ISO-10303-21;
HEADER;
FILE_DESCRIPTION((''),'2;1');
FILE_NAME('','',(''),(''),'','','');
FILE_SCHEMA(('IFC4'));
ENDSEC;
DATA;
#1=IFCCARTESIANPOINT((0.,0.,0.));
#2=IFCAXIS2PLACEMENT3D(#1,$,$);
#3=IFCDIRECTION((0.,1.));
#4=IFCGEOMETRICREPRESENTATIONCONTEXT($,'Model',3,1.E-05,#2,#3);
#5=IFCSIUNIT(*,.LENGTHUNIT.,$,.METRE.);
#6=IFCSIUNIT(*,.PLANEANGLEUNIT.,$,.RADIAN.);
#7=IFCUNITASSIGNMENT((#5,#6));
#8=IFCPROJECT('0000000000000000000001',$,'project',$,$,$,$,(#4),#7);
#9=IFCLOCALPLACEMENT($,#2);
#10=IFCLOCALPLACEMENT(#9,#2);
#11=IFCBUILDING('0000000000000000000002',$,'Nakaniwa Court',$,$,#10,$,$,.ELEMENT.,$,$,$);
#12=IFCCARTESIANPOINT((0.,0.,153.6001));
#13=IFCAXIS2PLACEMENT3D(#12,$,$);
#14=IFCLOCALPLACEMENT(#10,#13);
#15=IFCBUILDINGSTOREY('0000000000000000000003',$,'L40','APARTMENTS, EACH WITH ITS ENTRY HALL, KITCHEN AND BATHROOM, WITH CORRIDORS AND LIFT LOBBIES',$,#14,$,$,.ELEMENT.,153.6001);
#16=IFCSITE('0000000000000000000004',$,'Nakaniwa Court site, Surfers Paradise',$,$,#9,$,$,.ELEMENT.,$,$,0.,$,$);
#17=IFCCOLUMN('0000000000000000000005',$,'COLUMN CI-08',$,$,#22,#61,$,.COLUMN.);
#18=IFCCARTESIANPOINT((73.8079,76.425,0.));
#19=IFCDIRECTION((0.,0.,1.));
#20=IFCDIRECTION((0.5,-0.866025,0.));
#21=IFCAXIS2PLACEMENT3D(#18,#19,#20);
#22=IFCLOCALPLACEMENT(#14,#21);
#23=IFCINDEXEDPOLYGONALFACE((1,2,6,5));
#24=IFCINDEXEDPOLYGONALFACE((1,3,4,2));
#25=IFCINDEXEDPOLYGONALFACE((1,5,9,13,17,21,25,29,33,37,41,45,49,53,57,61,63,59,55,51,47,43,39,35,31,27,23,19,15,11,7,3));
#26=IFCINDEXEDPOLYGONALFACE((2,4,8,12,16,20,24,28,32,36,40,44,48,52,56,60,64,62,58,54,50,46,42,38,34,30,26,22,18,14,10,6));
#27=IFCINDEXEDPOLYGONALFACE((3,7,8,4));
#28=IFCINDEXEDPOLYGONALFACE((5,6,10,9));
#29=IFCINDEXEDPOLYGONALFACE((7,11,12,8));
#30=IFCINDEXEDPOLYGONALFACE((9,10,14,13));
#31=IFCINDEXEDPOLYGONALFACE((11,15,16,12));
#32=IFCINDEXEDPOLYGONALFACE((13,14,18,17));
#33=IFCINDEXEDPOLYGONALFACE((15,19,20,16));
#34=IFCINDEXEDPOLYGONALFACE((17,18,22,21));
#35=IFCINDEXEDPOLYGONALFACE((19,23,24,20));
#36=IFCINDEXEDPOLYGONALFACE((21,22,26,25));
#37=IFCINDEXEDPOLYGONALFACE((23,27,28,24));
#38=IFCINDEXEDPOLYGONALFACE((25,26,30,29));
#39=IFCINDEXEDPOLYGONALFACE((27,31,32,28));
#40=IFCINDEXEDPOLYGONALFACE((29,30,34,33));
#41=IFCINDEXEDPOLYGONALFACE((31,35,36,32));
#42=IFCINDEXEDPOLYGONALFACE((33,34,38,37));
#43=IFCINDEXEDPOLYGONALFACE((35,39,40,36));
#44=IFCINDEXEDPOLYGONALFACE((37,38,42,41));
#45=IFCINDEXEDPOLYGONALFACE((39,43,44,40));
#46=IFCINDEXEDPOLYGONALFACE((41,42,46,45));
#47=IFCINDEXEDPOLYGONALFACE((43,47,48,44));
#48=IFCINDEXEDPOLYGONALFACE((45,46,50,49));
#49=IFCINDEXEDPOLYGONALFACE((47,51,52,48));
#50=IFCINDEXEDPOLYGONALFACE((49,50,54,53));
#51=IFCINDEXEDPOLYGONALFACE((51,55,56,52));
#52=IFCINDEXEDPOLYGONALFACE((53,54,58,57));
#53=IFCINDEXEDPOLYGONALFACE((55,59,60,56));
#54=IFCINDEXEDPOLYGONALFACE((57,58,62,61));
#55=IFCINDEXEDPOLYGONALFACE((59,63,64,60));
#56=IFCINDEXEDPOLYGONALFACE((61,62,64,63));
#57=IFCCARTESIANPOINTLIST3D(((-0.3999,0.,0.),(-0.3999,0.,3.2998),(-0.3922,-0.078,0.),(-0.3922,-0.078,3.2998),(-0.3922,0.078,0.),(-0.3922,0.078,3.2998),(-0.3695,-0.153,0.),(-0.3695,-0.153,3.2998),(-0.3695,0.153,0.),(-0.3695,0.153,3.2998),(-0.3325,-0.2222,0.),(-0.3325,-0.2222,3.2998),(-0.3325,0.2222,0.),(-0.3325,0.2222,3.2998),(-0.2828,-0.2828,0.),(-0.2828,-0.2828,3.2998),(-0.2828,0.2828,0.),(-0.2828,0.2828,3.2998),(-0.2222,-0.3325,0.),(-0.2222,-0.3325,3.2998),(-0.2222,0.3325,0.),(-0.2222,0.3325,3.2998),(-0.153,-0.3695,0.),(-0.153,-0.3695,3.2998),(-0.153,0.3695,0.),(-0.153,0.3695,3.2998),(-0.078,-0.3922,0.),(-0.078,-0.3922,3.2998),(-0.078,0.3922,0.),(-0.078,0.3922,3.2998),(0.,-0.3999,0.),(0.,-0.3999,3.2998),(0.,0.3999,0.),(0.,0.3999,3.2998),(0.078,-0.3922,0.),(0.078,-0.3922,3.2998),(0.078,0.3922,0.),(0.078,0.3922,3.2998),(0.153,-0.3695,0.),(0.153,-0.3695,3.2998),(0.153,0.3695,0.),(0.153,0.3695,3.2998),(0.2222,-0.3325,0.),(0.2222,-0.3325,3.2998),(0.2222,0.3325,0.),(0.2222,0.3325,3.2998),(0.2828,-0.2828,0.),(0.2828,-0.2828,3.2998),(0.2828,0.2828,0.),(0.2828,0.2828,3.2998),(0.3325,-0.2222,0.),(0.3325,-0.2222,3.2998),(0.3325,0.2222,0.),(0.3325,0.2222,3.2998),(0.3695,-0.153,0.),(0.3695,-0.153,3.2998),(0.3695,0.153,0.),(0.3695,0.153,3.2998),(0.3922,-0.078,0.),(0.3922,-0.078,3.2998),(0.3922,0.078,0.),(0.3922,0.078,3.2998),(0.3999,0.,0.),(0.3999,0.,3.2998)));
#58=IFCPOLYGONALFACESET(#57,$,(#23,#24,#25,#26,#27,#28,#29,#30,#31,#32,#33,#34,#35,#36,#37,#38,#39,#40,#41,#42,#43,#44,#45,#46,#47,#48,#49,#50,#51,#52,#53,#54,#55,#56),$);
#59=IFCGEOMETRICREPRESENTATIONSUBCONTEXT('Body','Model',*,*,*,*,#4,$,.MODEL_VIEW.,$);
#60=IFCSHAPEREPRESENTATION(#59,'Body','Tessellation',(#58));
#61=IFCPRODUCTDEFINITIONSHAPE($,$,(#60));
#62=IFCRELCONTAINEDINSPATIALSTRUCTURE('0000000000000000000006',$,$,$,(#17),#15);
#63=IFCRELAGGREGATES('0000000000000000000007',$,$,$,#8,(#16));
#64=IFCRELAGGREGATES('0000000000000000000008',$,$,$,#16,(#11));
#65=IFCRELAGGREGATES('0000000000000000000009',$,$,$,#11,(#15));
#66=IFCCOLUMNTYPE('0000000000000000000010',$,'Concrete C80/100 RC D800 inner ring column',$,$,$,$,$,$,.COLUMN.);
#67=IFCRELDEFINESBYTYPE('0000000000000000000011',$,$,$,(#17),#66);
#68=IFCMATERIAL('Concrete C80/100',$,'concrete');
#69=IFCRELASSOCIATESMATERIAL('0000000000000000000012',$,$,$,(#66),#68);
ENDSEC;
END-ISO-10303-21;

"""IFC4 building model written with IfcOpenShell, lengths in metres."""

from ifc_helpers import new_model, si_unit, direction, frame, origin, origin_2d, place, context, subcontext, project, spatial, circle, extrude, material, material_profile, profile_set, type_object, element, save


model = new_model("IFC4")

# Units and contexts
model_context = context("Model", 3, precision=1e-05, world=origin(), true_north=direction((0.0, 1.0)))
body_context = subcontext(model_context, "Body", "Model", "MODEL_VIEW")
ifc_project = project(units=[si_unit("LENGTHUNIT", "METRE"), si_unit("PLANEANGLEUNIT", "RADIAN")], contexts=[model_context])

# Site, building, storey
site_placement = place(None, origin())
site = spatial("IfcSite", under=ifc_project, at=site_placement, Name="Nakaniwa Court site, Surfers Paradise", CompositionType="ELEMENT", RefElevation=0.0)
building_placement = place(site_placement, origin())
building = spatial("IfcBuilding", under=site, at=building_placement, Name="Nakaniwa Court", CompositionType="ELEMENT")
storey_placement = place(building_placement, frame((0.0, 0.0, 153.6001)))
storey = spatial("IfcBuildingStorey", under=building, at=storey_placement, Name="L40", Description="APARTMENTS, EACH WITH ITS ENTRY HALL, KITCHEN AND BATHROOM, WITH CORRIDORS AND LIFT LOBBIES", CompositionType="ELEMENT", Elevation=153.6001)

# Column
ifc_material_1 = material(Name="Concrete C80/100", Category="concrete")
ifc_material_profile_1 = material_profile(ifc_material_1, circle(Radius=0.3999, at=origin_2d()), Name="Concrete C80/100 RC D800 inner ring column")
ifc_profile_set_1 = profile_set([ifc_material_profile_1], Name="Concrete C80/100")
column_type_1 = type_object("IfcColumnType", Name="Concrete C80/100 RC D800 inner ring column", PredefinedType="COLUMN", material=ifc_profile_set_1)
for number, where, z_axis, x_axis, name in (
    (1, (73.8079, 76.425, 0.0), (0.0, 0.0, 1.0), (0.5, -0.866025, 0.0), "COLUMN CI-08"),
):
    element("IfcColumn", number, at=place(storey_placement, frame(where, z_axis=z_axis, x_axis=x_axis)), inside=storey, type_object=column_type_1, Name=name, PredefinedType="COLUMN", context=body_context, shape_type="SweptSolid", body=[
        extrude(circle(Radius=0.3999, at=origin_2d()), origin(), (0.0, 0.0, 1.0), 3.2998),
    ])

save(model, "model.ifc")
